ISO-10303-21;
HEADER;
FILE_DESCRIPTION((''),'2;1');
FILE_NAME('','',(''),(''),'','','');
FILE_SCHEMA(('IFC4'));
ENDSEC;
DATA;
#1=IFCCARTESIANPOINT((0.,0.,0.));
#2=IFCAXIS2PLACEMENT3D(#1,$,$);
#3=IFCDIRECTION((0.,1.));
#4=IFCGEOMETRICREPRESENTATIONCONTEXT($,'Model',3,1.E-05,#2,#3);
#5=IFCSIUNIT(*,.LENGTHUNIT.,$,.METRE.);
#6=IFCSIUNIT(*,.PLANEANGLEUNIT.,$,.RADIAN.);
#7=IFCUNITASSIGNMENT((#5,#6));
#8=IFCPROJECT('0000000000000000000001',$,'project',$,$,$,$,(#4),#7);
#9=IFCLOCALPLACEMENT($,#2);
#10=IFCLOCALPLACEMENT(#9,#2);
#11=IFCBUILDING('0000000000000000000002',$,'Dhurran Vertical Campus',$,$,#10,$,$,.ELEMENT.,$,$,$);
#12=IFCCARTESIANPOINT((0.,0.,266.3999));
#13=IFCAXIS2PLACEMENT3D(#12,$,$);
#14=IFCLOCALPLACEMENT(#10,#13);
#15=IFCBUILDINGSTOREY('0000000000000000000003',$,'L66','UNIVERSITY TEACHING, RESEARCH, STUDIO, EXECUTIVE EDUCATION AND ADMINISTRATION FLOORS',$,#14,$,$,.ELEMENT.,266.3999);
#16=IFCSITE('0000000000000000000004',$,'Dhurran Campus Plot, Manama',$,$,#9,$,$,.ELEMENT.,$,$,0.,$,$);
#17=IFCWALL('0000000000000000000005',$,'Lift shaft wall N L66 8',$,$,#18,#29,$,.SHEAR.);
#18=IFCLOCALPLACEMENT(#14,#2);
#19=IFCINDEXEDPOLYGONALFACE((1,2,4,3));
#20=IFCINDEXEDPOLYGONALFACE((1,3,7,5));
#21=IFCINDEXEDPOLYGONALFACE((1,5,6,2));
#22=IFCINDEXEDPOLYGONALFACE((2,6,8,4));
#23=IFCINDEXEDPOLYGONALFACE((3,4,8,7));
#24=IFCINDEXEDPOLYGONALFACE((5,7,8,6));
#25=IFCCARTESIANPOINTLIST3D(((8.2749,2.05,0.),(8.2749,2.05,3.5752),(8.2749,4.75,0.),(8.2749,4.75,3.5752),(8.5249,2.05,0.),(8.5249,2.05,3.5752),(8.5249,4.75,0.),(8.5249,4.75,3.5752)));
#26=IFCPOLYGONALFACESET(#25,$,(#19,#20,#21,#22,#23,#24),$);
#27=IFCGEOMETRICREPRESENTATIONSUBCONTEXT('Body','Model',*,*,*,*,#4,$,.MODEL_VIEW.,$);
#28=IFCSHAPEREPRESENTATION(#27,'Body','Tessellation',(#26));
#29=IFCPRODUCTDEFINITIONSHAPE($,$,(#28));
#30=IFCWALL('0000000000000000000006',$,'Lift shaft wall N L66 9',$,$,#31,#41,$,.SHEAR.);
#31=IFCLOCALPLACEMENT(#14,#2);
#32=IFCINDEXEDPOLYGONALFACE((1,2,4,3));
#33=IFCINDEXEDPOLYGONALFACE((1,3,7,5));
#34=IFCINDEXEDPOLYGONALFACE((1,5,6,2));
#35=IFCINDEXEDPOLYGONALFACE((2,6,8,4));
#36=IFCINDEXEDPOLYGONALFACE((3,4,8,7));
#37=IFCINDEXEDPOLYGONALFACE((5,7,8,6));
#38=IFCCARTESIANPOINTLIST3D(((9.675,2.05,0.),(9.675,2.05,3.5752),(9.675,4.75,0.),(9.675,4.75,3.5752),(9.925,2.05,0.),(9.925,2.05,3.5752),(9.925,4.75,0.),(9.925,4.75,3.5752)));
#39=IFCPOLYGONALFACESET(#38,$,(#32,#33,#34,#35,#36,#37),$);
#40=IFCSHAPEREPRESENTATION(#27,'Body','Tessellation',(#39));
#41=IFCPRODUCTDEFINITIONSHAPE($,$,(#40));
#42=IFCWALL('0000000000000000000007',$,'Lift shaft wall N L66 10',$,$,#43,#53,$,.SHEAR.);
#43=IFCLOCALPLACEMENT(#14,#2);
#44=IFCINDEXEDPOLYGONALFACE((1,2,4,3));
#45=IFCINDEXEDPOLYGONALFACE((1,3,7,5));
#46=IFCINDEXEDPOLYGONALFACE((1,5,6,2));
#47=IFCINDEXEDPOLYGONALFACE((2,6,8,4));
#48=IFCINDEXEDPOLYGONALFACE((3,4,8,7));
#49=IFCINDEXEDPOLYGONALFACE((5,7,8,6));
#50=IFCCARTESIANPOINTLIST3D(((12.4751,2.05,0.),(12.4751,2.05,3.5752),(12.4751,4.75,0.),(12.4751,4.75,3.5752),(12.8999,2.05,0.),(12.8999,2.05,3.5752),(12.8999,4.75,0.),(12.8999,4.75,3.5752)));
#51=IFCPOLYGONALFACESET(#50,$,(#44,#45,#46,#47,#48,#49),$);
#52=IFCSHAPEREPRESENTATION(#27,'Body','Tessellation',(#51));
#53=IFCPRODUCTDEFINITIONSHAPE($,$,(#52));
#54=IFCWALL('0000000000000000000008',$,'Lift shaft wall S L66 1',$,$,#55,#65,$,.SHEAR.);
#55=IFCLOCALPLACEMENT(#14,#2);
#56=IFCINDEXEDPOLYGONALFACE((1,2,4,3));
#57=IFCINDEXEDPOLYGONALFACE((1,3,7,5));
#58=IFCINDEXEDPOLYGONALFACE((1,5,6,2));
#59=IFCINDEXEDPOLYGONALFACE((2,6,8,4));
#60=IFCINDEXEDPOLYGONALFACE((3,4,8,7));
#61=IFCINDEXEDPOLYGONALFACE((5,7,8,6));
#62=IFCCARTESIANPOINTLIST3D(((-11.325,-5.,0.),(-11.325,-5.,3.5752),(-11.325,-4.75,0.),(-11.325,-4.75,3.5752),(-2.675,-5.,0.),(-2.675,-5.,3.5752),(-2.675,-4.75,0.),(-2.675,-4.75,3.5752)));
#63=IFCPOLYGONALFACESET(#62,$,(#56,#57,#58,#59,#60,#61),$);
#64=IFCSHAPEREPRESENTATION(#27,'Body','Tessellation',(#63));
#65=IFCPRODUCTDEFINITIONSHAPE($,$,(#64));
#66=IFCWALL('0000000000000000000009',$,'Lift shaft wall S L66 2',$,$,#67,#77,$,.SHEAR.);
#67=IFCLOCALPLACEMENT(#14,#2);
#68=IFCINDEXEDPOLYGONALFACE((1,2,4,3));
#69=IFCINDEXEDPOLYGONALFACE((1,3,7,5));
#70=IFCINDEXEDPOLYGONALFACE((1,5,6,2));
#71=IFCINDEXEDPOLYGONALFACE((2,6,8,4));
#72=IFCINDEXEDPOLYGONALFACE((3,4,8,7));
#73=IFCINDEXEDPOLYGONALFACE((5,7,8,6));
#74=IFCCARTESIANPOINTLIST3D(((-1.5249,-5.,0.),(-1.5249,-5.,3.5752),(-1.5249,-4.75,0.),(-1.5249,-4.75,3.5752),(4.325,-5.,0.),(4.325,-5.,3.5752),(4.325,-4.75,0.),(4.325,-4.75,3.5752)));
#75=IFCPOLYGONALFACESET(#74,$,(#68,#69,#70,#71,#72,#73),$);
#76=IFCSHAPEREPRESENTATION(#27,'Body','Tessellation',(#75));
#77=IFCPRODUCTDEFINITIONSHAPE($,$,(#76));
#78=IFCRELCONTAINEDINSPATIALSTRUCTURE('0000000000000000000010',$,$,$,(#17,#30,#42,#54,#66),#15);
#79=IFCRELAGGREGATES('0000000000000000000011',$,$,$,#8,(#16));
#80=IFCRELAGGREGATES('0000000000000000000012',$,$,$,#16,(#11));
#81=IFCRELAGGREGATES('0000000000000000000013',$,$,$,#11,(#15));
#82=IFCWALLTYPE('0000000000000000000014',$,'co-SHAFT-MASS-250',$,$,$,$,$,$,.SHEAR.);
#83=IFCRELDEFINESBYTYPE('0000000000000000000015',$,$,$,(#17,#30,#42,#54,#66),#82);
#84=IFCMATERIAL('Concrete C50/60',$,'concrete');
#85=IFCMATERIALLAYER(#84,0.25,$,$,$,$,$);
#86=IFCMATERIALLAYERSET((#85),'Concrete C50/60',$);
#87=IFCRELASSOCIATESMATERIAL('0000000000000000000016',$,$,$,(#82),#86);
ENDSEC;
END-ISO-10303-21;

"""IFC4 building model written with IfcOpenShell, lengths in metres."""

from ifc_helpers import new_model, si_unit, direction, frame, origin, place, context, subcontext, project, spatial, polyline, outline, extrude, material, layer, layer_set, type_object, element, save


model = new_model("IFC4")

# Units and contexts
model_context = context("Model", 3, precision=1e-05, world=origin(), true_north=direction((0.0, 1.0)))
body_context = subcontext(model_context, "Body", "Model", "MODEL_VIEW")
ifc_project = project(units=[si_unit("LENGTHUNIT", "METRE"), si_unit("PLANEANGLEUNIT", "RADIAN")], contexts=[model_context])

# Site, building, storey
site_placement = place(None, origin())
site = spatial("IfcSite", under=ifc_project, at=site_placement, Name="Dhurran Campus Plot, Manama", CompositionType="ELEMENT", RefElevation=0.0)
building_placement = place(site_placement, origin())
building = spatial("IfcBuilding", under=site, at=building_placement, Name="Dhurran Vertical Campus", CompositionType="ELEMENT")
storey_placement = place(building_placement, frame((0.0, 0.0, 266.3999)))
storey = spatial("IfcBuildingStorey", under=building, at=storey_placement, Name="L66", Description="UNIVERSITY TEACHING, RESEARCH, STUDIO, EXECUTIVE EDUCATION AND ADMINISTRATION FLOORS", CompositionType="ELEMENT", Elevation=266.3999)

# Walls
ifc_material_1 = material(Name="Concrete C50/60", Category="concrete")
ifc_layer_1 = layer(ifc_material_1, 0.25)
ifc_layer_set_1 = layer_set([ifc_layer_1], Name="Concrete C50/60")
wall_type_1 = type_object("IfcWallType", Name="co-SHAFT-MASS-250", PredefinedType="SHEAR", material=ifc_layer_set_1)
wall_1_placement = place(storey_placement, origin())
element("IfcWall", 1, at=wall_1_placement, inside=storey, type_object=wall_type_1, Name="Lift shaft wall N L66 8", PredefinedType="SHEAR", context=body_context, shape_type="SweptSolid", body=[
    extrude(outline(polyline([(8.2749, 2.05), (8.5249, 2.05), (8.5249, 4.75), (8.2749, 4.75), (8.2749, 2.05)])), origin(), (0.0, 0.0, 1.0), 3.5752),
])
wall_2_placement = place(storey_placement, origin())
element("IfcWall", 2, at=wall_2_placement, inside=storey, type_object=wall_type_1, Name="Lift shaft wall N L66 9", PredefinedType="SHEAR", context=body_context, shape_type="SweptSolid", body=[
    extrude(outline(polyline([(9.675, 2.05), (9.925, 2.05), (9.925, 4.75), (9.675, 4.75), (9.675, 2.05)])), origin(), (0.0, 0.0, 1.0), 3.5752),
])
wall_3_placement = place(storey_placement, origin())
element("IfcWall", 3, at=wall_3_placement, inside=storey, type_object=wall_type_1, Name="Lift shaft wall N L66 10", PredefinedType="SHEAR", context=body_context, shape_type="SweptSolid", body=[
    extrude(outline(polyline([(12.4751, 2.05), (12.8999, 2.05), (12.8999, 4.75), (12.4751, 4.75), (12.4751, 2.05)])), origin(), (0.0, 0.0, 1.0), 3.5752),
])
wall_4_placement = place(storey_placement, origin())
element("IfcWall", 4, at=wall_4_placement, inside=storey, type_object=wall_type_1, Name="Lift shaft wall S L66 1", PredefinedType="SHEAR", context=body_context, shape_type="SweptSolid", body=[
    extrude(outline(polyline([(-11.325, -5.0), (-2.675, -5.0), (-2.675, -4.75), (-11.325, -4.75), (-11.325, -5.0)])), origin(), (0.0, 0.0, 1.0), 3.5752),
])
wall_5_placement = place(storey_placement, origin())
element("IfcWall", 5, at=wall_5_placement, inside=storey, type_object=wall_type_1, Name="Lift shaft wall S L66 2", PredefinedType="SHEAR", context=body_context, shape_type="SweptSolid", body=[
    extrude(outline(polyline([(-1.5249, -5.0), (4.325, -5.0), (4.325, -4.75), (-1.5249, -4.75), (-1.5249, -5.0)])), origin(), (0.0, 0.0, 1.0), 3.5752),
])

save(model, "model.ifc")
